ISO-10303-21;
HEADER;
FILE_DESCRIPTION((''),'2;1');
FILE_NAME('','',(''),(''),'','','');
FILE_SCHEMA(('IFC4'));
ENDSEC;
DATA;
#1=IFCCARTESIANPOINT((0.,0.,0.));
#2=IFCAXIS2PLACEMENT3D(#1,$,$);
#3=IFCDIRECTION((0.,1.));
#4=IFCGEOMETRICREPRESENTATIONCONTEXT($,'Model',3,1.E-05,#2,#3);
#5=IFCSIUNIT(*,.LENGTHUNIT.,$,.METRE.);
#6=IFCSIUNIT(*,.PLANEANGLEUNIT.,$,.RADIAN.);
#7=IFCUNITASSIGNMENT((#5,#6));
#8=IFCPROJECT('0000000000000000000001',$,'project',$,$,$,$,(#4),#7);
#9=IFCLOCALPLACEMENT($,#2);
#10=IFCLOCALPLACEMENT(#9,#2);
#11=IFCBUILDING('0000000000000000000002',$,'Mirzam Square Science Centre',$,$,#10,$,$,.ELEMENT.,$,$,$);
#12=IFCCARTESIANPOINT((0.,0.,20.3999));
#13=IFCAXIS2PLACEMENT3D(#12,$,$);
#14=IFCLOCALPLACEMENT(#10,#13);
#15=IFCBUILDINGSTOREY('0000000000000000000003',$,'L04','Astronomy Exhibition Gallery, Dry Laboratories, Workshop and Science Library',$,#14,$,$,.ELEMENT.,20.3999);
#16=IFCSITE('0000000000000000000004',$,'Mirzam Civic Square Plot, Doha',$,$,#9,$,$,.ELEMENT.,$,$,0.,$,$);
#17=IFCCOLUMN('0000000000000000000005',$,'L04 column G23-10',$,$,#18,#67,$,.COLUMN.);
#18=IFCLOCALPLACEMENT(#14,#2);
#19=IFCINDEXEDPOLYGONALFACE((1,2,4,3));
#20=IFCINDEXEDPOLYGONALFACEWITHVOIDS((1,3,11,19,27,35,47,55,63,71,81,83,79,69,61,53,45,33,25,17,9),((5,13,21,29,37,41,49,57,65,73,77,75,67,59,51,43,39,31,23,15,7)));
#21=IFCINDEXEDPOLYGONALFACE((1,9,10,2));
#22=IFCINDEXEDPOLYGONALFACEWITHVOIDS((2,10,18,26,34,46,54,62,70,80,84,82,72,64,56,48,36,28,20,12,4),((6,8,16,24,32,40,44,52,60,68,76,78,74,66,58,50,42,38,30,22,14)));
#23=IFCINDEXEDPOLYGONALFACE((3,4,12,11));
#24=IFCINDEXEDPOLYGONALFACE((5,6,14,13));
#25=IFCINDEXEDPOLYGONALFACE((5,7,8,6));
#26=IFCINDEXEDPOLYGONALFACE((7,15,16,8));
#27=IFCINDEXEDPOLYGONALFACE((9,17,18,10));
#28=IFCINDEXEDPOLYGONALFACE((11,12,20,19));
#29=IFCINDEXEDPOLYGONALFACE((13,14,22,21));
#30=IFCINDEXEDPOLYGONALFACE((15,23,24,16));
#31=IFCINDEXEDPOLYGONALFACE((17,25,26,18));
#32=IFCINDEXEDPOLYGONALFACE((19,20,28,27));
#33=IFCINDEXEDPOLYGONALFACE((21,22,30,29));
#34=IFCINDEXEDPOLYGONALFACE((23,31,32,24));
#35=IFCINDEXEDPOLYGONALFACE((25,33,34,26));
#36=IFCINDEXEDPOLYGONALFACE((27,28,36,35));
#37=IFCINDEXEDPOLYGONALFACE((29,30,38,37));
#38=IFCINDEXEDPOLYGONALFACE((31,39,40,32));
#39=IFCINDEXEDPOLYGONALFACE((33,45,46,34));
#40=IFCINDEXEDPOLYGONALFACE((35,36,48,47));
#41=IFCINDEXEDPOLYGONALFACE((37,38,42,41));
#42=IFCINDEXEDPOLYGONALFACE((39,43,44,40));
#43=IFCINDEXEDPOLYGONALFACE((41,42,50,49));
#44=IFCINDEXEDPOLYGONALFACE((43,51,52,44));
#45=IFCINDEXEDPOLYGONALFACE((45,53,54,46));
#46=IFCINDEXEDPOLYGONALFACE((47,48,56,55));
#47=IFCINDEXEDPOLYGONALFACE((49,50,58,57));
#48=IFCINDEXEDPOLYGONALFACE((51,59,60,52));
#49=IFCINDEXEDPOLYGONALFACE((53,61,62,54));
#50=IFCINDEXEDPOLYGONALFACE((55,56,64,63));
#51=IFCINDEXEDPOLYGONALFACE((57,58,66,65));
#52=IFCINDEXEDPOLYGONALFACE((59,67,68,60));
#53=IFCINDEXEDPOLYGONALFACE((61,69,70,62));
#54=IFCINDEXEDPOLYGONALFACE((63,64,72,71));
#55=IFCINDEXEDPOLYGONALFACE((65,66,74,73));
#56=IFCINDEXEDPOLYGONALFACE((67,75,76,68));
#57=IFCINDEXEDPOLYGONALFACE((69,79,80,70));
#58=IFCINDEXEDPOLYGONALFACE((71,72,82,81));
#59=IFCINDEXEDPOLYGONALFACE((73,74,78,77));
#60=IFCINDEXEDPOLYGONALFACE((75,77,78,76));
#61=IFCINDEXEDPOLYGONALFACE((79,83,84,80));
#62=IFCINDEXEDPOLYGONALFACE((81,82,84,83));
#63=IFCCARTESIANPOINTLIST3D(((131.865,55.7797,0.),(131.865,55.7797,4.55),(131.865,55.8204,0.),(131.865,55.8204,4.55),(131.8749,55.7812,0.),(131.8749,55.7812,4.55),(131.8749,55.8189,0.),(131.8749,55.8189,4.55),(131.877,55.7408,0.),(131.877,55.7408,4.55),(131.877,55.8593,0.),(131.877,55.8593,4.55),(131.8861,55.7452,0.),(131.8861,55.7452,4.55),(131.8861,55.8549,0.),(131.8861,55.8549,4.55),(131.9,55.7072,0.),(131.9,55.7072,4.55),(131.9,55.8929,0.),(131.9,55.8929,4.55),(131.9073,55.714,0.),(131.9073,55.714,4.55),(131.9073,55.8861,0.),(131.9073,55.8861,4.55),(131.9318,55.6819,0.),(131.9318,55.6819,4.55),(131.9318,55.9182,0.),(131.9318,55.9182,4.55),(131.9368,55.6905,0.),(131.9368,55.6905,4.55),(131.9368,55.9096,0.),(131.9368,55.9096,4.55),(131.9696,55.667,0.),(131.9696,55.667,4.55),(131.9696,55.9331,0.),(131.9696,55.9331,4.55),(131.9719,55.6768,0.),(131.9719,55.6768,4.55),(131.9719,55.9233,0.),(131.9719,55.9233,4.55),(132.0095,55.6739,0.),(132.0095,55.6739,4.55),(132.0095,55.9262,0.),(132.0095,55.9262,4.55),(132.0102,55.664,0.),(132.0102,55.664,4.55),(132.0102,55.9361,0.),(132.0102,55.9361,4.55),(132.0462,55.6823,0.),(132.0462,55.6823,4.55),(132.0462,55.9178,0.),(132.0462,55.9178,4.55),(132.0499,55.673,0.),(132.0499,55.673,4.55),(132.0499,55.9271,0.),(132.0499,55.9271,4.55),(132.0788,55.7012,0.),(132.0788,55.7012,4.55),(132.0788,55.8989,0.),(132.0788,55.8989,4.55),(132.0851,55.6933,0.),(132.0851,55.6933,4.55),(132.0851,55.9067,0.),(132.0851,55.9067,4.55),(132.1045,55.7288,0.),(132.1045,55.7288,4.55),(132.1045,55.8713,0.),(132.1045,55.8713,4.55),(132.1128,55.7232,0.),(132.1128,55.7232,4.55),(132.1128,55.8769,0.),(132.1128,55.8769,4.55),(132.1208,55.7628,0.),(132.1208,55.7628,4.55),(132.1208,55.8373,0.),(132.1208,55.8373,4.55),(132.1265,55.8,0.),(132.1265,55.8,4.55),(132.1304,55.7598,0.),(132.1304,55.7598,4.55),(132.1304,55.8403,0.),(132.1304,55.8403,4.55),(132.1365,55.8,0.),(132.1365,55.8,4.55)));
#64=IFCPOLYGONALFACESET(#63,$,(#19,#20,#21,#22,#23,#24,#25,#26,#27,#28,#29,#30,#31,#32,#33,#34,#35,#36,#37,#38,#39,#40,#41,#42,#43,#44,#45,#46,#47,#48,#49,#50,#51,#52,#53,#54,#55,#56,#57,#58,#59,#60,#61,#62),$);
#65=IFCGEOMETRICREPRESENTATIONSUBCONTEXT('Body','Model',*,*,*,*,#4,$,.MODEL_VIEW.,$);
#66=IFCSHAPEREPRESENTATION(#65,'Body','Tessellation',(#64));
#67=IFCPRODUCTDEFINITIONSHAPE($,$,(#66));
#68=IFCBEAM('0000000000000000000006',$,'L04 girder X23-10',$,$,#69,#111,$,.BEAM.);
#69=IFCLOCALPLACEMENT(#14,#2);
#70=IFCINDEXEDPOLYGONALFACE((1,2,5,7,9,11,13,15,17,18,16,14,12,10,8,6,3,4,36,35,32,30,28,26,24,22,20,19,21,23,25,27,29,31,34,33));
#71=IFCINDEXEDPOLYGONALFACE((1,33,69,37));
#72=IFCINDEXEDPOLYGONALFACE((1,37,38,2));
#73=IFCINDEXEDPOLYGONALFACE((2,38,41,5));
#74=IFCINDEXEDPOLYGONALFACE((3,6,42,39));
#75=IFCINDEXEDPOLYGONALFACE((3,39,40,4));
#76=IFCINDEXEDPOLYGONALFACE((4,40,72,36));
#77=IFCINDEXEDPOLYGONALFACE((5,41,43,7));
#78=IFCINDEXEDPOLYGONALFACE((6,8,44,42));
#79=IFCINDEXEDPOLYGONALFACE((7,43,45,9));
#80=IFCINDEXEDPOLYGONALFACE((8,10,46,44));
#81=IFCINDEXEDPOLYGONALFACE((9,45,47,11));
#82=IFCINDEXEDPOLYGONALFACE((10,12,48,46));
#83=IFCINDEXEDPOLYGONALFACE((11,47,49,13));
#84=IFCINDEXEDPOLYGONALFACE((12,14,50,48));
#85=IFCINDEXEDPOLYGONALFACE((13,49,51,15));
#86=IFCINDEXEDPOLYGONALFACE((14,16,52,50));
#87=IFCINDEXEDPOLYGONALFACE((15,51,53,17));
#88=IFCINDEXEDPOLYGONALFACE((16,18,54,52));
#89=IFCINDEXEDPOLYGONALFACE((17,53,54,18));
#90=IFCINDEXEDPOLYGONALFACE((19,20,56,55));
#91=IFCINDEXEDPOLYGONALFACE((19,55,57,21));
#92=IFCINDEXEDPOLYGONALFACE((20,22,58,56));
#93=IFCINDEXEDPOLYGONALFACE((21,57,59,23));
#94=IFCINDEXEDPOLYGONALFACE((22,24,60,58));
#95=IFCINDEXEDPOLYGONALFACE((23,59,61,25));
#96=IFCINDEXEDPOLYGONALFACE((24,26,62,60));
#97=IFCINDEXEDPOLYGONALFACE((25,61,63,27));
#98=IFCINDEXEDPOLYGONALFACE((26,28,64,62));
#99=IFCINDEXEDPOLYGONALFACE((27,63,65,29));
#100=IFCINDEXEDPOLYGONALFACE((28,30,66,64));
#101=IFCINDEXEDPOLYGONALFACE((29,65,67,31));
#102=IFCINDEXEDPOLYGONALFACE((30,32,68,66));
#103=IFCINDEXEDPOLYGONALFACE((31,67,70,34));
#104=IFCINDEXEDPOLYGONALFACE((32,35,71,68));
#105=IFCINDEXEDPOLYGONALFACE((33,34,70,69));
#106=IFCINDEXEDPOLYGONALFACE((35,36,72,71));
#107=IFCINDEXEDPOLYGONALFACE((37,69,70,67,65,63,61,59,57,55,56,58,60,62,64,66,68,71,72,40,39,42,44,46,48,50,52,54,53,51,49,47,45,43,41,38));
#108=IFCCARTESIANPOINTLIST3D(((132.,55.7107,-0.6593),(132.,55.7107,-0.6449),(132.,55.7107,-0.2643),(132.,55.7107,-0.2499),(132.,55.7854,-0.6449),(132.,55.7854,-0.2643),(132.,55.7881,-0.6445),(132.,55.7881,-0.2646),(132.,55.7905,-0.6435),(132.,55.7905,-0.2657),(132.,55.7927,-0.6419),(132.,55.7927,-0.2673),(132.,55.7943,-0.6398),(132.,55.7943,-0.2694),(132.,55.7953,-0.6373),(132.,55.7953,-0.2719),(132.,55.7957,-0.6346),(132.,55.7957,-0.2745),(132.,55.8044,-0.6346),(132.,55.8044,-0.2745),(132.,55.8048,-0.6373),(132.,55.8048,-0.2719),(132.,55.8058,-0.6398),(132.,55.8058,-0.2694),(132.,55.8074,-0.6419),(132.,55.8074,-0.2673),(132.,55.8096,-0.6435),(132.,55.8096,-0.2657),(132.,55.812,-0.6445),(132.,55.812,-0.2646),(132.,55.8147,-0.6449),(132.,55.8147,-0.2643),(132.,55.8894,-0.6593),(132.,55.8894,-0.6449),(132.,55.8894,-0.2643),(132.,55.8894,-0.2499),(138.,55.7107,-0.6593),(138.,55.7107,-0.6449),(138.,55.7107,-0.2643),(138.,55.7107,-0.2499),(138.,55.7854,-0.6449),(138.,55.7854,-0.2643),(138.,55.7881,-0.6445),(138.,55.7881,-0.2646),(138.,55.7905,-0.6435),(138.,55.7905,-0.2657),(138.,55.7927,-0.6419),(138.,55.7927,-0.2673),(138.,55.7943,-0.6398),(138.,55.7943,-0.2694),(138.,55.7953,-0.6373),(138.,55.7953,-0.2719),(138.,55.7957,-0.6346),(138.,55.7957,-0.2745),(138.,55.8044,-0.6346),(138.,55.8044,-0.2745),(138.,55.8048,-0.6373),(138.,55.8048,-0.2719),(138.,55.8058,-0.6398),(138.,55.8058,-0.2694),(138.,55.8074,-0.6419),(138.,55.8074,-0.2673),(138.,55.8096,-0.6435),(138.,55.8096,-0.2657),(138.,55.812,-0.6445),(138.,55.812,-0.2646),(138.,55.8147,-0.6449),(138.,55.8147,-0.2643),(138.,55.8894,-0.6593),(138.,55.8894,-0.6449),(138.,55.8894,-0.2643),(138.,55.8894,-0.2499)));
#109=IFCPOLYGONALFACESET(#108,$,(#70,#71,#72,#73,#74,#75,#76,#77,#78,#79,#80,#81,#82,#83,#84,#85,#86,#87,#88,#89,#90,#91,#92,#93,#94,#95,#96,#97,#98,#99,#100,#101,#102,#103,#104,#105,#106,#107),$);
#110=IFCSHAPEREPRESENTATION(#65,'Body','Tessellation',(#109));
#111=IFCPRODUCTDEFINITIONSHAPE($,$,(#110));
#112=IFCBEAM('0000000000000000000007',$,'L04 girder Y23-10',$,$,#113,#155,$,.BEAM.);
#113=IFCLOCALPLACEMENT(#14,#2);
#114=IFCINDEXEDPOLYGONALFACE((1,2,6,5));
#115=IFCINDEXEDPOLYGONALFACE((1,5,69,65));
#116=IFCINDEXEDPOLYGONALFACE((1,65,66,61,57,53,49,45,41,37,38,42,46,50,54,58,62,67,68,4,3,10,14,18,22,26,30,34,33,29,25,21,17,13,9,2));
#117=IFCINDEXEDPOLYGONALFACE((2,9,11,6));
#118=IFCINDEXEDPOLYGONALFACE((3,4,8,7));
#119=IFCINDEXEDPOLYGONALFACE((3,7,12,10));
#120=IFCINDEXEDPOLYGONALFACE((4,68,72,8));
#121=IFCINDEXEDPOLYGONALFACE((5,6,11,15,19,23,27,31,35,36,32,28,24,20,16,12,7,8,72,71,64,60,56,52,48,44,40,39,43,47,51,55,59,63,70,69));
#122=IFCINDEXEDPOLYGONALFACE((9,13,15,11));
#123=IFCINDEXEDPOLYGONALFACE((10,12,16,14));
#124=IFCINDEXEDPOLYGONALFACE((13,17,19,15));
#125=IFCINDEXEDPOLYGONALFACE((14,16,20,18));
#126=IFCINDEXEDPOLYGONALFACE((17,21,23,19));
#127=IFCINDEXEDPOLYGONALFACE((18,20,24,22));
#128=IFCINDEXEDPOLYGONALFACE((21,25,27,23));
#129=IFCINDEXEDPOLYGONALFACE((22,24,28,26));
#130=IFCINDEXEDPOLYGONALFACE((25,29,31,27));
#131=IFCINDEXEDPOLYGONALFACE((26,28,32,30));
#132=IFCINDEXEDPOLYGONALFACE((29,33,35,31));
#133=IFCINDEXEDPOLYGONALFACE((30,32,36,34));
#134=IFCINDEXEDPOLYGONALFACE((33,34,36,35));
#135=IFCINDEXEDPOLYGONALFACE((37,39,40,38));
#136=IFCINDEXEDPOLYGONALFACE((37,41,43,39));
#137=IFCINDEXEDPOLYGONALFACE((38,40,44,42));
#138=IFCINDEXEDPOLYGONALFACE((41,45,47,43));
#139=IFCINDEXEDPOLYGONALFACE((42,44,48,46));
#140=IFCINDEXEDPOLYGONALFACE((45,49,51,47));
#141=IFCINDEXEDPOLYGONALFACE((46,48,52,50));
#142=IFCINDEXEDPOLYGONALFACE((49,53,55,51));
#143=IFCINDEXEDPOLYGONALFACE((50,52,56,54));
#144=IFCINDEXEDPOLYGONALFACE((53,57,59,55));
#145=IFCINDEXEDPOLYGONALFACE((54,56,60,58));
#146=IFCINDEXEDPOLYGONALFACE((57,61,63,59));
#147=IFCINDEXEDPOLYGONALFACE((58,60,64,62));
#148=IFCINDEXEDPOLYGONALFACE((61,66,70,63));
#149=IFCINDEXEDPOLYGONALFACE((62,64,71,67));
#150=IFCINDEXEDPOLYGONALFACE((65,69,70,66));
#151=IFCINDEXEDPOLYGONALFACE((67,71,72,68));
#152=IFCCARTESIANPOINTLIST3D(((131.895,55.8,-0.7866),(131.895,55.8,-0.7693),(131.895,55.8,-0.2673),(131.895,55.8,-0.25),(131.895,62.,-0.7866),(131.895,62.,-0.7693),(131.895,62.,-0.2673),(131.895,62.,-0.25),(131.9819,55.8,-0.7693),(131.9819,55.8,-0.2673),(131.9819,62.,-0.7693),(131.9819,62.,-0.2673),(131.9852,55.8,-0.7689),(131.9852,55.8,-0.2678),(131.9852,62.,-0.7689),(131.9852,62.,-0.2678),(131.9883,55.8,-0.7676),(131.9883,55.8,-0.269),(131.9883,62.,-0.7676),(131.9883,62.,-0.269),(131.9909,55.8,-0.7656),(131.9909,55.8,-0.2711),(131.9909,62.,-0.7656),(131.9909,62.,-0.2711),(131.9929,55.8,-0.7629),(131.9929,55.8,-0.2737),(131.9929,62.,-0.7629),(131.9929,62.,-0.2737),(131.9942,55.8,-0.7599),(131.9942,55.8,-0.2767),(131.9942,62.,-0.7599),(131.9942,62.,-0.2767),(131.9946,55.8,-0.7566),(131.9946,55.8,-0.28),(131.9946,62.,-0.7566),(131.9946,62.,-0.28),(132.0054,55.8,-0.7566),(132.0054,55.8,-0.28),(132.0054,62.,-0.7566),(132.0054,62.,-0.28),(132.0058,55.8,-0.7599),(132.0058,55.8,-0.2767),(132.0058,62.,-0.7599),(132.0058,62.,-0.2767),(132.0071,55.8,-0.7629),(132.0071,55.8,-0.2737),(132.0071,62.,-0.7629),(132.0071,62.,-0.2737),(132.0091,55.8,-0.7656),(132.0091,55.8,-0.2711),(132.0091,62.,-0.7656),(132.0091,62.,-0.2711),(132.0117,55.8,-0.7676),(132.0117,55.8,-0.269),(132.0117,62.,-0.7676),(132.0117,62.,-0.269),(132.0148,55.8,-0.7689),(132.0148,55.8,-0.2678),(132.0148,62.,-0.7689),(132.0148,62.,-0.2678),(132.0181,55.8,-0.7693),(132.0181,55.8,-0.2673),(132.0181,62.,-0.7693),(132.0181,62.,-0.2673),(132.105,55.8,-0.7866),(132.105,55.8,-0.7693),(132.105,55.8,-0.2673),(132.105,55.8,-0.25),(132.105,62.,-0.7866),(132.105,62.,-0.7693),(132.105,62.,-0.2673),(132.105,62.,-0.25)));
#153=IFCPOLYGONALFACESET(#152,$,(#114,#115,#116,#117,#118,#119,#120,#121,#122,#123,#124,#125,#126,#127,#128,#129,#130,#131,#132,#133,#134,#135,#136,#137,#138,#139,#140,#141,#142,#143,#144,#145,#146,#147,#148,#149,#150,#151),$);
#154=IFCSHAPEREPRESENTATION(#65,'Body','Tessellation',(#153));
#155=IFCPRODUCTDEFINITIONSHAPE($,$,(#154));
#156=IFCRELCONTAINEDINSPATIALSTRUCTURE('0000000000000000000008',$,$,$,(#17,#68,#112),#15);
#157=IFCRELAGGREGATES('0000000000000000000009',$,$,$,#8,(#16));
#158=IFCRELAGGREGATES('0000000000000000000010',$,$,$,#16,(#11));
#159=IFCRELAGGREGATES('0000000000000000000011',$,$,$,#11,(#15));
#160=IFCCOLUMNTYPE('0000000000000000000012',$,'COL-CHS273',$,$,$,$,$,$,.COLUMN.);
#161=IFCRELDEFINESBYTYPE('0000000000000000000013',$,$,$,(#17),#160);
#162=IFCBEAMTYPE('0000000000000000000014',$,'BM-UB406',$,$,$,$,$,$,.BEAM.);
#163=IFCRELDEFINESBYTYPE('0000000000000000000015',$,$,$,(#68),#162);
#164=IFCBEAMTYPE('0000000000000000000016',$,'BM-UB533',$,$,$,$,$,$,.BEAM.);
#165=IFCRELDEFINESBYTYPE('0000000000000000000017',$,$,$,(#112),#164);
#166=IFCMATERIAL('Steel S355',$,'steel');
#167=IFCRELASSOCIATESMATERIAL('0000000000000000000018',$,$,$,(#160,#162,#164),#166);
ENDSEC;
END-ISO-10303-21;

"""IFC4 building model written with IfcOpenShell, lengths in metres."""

from ifc_helpers import new_model, si_unit, direction, frame, origin, origin_2d, place, context, subcontext, project, spatial, hollow_circle, i_section, extrude, material, material_profile, profile_set, type_object, element, save


model = new_model("IFC4")

# Units and contexts
model_context = context("Model", 3, precision=1e-05, world=origin(), true_north=direction((0.0, 1.0)))
body_context = subcontext(model_context, "Body", "Model", "MODEL_VIEW")
ifc_project = project(units=[si_unit("LENGTHUNIT", "METRE"), si_unit("PLANEANGLEUNIT", "RADIAN")], contexts=[model_context])

# Site, building, storey
site_placement = place(None, origin())
site = spatial("IfcSite", under=ifc_project, at=site_placement, Name="Mirzam Civic Square Plot, Doha", CompositionType="ELEMENT", RefElevation=0.0)
building_placement = place(site_placement, origin())
building = spatial("IfcBuilding", under=site, at=building_placement, Name="Mirzam Square Science Centre", CompositionType="ELEMENT")
storey_placement = place(building_placement, frame((0.0, 0.0, 20.3999)))
storey = spatial("IfcBuildingStorey", under=building, at=storey_placement, Name="L04", Description="Astronomy Exhibition Gallery, Dry Laboratories, Workshop and Science Library", CompositionType="ELEMENT", Elevation=20.3999)

# Column
ifc_material_1 = material(Name="Steel S355", Category="steel")
ifc_material_profile_1 = material_profile(ifc_material_1, hollow_circle(Radius=0.1365, WallThickness=0.01, at=origin_2d()), Name="273.0x10.0CHS")
ifc_profile_set_1 = profile_set([ifc_material_profile_1], Name="Steel S355")
column_type = type_object("IfcColumnType", Name="COL-CHS273", PredefinedType="COLUMN", material=ifc_profile_set_1)
column_placement = place(storey_placement, frame((132.0, 55.8, 0.0), z_axis=(0.0, 0.0, 1.0), x_axis=(1.0, 0.0, 0.0)))
element("IfcColumn", 1, at=column_placement, inside=storey, type_object=column_type, Name="L04 column G23-10", PredefinedType="COLUMN", context=body_context, shape_type="SweptSolid", body=[
    extrude(hollow_circle(Radius=0.1365, WallThickness=0.01, at=origin_2d()), origin(), (0.0, 0.0, 1.0), 4.55),
])

# Beams
ifc_material_profile_2 = material_profile(ifc_material_1, i_section(OverallWidth=0.1787, OverallDepth=0.4094, WebThickness=0.0088, FlangeThickness=0.0144, FilletRadius=0.0103, at=origin_2d()), Name="406x178x67UB")
ifc_profile_set_2 = profile_set([ifc_material_profile_2], Name="Steel S355")
beam_type_1 = type_object("IfcBeamType", Name="BM-UB406", PredefinedType="BEAM", material=ifc_profile_set_2)
beam_1_placement = place(storey_placement, frame((132.0, 55.8, -0.4546), z_axis=(1.0, 0.0, 0.0), x_axis=(0.0, 1.0, 0.0)))
element("IfcBeam", 2, at=beam_1_placement, inside=storey, type_object=beam_type_1, Name="L04 girder X23-10", PredefinedType="BEAM", context=body_context, shape_type="SweptSolid", body=[
    extrude(i_section(OverallWidth=0.1787, OverallDepth=0.4094, WebThickness=0.0088, FlangeThickness=0.0144, FilletRadius=0.0103, at=origin_2d()), origin(), (0.0, 0.0, 1.0), 6.0),
])
ifc_material_profile_3 = material_profile(ifc_material_1, i_section(OverallWidth=0.21, OverallDepth=0.5366, WebThickness=0.0107, FlangeThickness=0.0173, FilletRadius=0.0127, at=origin_2d()), Name="533x210x101UB")
ifc_profile_set_3 = profile_set([ifc_material_profile_3], Name="Steel S355")
beam_type_2 = type_object("IfcBeamType", Name="BM-UB533", PredefinedType="BEAM", material=ifc_profile_set_3)
beam_2_placement = place(storey_placement, frame((132.0, 55.8, -0.5183), z_axis=(0.0, 1.0, 0.0), x_axis=(-1.0, 0.0, 0.0)))
element("IfcBeam", 3, at=beam_2_placement, inside=storey, type_object=beam_type_2, Name="L04 girder Y23-10", PredefinedType="BEAM", context=body_context, shape_type="SweptSolid", body=[
    extrude(i_section(OverallWidth=0.21, OverallDepth=0.5366, WebThickness=0.0107, FlangeThickness=0.0173, FilletRadius=0.0127, at=origin_2d()), origin(), (0.0, 0.0, 1.0), 6.2),
])

save(model, "model.ifc")
